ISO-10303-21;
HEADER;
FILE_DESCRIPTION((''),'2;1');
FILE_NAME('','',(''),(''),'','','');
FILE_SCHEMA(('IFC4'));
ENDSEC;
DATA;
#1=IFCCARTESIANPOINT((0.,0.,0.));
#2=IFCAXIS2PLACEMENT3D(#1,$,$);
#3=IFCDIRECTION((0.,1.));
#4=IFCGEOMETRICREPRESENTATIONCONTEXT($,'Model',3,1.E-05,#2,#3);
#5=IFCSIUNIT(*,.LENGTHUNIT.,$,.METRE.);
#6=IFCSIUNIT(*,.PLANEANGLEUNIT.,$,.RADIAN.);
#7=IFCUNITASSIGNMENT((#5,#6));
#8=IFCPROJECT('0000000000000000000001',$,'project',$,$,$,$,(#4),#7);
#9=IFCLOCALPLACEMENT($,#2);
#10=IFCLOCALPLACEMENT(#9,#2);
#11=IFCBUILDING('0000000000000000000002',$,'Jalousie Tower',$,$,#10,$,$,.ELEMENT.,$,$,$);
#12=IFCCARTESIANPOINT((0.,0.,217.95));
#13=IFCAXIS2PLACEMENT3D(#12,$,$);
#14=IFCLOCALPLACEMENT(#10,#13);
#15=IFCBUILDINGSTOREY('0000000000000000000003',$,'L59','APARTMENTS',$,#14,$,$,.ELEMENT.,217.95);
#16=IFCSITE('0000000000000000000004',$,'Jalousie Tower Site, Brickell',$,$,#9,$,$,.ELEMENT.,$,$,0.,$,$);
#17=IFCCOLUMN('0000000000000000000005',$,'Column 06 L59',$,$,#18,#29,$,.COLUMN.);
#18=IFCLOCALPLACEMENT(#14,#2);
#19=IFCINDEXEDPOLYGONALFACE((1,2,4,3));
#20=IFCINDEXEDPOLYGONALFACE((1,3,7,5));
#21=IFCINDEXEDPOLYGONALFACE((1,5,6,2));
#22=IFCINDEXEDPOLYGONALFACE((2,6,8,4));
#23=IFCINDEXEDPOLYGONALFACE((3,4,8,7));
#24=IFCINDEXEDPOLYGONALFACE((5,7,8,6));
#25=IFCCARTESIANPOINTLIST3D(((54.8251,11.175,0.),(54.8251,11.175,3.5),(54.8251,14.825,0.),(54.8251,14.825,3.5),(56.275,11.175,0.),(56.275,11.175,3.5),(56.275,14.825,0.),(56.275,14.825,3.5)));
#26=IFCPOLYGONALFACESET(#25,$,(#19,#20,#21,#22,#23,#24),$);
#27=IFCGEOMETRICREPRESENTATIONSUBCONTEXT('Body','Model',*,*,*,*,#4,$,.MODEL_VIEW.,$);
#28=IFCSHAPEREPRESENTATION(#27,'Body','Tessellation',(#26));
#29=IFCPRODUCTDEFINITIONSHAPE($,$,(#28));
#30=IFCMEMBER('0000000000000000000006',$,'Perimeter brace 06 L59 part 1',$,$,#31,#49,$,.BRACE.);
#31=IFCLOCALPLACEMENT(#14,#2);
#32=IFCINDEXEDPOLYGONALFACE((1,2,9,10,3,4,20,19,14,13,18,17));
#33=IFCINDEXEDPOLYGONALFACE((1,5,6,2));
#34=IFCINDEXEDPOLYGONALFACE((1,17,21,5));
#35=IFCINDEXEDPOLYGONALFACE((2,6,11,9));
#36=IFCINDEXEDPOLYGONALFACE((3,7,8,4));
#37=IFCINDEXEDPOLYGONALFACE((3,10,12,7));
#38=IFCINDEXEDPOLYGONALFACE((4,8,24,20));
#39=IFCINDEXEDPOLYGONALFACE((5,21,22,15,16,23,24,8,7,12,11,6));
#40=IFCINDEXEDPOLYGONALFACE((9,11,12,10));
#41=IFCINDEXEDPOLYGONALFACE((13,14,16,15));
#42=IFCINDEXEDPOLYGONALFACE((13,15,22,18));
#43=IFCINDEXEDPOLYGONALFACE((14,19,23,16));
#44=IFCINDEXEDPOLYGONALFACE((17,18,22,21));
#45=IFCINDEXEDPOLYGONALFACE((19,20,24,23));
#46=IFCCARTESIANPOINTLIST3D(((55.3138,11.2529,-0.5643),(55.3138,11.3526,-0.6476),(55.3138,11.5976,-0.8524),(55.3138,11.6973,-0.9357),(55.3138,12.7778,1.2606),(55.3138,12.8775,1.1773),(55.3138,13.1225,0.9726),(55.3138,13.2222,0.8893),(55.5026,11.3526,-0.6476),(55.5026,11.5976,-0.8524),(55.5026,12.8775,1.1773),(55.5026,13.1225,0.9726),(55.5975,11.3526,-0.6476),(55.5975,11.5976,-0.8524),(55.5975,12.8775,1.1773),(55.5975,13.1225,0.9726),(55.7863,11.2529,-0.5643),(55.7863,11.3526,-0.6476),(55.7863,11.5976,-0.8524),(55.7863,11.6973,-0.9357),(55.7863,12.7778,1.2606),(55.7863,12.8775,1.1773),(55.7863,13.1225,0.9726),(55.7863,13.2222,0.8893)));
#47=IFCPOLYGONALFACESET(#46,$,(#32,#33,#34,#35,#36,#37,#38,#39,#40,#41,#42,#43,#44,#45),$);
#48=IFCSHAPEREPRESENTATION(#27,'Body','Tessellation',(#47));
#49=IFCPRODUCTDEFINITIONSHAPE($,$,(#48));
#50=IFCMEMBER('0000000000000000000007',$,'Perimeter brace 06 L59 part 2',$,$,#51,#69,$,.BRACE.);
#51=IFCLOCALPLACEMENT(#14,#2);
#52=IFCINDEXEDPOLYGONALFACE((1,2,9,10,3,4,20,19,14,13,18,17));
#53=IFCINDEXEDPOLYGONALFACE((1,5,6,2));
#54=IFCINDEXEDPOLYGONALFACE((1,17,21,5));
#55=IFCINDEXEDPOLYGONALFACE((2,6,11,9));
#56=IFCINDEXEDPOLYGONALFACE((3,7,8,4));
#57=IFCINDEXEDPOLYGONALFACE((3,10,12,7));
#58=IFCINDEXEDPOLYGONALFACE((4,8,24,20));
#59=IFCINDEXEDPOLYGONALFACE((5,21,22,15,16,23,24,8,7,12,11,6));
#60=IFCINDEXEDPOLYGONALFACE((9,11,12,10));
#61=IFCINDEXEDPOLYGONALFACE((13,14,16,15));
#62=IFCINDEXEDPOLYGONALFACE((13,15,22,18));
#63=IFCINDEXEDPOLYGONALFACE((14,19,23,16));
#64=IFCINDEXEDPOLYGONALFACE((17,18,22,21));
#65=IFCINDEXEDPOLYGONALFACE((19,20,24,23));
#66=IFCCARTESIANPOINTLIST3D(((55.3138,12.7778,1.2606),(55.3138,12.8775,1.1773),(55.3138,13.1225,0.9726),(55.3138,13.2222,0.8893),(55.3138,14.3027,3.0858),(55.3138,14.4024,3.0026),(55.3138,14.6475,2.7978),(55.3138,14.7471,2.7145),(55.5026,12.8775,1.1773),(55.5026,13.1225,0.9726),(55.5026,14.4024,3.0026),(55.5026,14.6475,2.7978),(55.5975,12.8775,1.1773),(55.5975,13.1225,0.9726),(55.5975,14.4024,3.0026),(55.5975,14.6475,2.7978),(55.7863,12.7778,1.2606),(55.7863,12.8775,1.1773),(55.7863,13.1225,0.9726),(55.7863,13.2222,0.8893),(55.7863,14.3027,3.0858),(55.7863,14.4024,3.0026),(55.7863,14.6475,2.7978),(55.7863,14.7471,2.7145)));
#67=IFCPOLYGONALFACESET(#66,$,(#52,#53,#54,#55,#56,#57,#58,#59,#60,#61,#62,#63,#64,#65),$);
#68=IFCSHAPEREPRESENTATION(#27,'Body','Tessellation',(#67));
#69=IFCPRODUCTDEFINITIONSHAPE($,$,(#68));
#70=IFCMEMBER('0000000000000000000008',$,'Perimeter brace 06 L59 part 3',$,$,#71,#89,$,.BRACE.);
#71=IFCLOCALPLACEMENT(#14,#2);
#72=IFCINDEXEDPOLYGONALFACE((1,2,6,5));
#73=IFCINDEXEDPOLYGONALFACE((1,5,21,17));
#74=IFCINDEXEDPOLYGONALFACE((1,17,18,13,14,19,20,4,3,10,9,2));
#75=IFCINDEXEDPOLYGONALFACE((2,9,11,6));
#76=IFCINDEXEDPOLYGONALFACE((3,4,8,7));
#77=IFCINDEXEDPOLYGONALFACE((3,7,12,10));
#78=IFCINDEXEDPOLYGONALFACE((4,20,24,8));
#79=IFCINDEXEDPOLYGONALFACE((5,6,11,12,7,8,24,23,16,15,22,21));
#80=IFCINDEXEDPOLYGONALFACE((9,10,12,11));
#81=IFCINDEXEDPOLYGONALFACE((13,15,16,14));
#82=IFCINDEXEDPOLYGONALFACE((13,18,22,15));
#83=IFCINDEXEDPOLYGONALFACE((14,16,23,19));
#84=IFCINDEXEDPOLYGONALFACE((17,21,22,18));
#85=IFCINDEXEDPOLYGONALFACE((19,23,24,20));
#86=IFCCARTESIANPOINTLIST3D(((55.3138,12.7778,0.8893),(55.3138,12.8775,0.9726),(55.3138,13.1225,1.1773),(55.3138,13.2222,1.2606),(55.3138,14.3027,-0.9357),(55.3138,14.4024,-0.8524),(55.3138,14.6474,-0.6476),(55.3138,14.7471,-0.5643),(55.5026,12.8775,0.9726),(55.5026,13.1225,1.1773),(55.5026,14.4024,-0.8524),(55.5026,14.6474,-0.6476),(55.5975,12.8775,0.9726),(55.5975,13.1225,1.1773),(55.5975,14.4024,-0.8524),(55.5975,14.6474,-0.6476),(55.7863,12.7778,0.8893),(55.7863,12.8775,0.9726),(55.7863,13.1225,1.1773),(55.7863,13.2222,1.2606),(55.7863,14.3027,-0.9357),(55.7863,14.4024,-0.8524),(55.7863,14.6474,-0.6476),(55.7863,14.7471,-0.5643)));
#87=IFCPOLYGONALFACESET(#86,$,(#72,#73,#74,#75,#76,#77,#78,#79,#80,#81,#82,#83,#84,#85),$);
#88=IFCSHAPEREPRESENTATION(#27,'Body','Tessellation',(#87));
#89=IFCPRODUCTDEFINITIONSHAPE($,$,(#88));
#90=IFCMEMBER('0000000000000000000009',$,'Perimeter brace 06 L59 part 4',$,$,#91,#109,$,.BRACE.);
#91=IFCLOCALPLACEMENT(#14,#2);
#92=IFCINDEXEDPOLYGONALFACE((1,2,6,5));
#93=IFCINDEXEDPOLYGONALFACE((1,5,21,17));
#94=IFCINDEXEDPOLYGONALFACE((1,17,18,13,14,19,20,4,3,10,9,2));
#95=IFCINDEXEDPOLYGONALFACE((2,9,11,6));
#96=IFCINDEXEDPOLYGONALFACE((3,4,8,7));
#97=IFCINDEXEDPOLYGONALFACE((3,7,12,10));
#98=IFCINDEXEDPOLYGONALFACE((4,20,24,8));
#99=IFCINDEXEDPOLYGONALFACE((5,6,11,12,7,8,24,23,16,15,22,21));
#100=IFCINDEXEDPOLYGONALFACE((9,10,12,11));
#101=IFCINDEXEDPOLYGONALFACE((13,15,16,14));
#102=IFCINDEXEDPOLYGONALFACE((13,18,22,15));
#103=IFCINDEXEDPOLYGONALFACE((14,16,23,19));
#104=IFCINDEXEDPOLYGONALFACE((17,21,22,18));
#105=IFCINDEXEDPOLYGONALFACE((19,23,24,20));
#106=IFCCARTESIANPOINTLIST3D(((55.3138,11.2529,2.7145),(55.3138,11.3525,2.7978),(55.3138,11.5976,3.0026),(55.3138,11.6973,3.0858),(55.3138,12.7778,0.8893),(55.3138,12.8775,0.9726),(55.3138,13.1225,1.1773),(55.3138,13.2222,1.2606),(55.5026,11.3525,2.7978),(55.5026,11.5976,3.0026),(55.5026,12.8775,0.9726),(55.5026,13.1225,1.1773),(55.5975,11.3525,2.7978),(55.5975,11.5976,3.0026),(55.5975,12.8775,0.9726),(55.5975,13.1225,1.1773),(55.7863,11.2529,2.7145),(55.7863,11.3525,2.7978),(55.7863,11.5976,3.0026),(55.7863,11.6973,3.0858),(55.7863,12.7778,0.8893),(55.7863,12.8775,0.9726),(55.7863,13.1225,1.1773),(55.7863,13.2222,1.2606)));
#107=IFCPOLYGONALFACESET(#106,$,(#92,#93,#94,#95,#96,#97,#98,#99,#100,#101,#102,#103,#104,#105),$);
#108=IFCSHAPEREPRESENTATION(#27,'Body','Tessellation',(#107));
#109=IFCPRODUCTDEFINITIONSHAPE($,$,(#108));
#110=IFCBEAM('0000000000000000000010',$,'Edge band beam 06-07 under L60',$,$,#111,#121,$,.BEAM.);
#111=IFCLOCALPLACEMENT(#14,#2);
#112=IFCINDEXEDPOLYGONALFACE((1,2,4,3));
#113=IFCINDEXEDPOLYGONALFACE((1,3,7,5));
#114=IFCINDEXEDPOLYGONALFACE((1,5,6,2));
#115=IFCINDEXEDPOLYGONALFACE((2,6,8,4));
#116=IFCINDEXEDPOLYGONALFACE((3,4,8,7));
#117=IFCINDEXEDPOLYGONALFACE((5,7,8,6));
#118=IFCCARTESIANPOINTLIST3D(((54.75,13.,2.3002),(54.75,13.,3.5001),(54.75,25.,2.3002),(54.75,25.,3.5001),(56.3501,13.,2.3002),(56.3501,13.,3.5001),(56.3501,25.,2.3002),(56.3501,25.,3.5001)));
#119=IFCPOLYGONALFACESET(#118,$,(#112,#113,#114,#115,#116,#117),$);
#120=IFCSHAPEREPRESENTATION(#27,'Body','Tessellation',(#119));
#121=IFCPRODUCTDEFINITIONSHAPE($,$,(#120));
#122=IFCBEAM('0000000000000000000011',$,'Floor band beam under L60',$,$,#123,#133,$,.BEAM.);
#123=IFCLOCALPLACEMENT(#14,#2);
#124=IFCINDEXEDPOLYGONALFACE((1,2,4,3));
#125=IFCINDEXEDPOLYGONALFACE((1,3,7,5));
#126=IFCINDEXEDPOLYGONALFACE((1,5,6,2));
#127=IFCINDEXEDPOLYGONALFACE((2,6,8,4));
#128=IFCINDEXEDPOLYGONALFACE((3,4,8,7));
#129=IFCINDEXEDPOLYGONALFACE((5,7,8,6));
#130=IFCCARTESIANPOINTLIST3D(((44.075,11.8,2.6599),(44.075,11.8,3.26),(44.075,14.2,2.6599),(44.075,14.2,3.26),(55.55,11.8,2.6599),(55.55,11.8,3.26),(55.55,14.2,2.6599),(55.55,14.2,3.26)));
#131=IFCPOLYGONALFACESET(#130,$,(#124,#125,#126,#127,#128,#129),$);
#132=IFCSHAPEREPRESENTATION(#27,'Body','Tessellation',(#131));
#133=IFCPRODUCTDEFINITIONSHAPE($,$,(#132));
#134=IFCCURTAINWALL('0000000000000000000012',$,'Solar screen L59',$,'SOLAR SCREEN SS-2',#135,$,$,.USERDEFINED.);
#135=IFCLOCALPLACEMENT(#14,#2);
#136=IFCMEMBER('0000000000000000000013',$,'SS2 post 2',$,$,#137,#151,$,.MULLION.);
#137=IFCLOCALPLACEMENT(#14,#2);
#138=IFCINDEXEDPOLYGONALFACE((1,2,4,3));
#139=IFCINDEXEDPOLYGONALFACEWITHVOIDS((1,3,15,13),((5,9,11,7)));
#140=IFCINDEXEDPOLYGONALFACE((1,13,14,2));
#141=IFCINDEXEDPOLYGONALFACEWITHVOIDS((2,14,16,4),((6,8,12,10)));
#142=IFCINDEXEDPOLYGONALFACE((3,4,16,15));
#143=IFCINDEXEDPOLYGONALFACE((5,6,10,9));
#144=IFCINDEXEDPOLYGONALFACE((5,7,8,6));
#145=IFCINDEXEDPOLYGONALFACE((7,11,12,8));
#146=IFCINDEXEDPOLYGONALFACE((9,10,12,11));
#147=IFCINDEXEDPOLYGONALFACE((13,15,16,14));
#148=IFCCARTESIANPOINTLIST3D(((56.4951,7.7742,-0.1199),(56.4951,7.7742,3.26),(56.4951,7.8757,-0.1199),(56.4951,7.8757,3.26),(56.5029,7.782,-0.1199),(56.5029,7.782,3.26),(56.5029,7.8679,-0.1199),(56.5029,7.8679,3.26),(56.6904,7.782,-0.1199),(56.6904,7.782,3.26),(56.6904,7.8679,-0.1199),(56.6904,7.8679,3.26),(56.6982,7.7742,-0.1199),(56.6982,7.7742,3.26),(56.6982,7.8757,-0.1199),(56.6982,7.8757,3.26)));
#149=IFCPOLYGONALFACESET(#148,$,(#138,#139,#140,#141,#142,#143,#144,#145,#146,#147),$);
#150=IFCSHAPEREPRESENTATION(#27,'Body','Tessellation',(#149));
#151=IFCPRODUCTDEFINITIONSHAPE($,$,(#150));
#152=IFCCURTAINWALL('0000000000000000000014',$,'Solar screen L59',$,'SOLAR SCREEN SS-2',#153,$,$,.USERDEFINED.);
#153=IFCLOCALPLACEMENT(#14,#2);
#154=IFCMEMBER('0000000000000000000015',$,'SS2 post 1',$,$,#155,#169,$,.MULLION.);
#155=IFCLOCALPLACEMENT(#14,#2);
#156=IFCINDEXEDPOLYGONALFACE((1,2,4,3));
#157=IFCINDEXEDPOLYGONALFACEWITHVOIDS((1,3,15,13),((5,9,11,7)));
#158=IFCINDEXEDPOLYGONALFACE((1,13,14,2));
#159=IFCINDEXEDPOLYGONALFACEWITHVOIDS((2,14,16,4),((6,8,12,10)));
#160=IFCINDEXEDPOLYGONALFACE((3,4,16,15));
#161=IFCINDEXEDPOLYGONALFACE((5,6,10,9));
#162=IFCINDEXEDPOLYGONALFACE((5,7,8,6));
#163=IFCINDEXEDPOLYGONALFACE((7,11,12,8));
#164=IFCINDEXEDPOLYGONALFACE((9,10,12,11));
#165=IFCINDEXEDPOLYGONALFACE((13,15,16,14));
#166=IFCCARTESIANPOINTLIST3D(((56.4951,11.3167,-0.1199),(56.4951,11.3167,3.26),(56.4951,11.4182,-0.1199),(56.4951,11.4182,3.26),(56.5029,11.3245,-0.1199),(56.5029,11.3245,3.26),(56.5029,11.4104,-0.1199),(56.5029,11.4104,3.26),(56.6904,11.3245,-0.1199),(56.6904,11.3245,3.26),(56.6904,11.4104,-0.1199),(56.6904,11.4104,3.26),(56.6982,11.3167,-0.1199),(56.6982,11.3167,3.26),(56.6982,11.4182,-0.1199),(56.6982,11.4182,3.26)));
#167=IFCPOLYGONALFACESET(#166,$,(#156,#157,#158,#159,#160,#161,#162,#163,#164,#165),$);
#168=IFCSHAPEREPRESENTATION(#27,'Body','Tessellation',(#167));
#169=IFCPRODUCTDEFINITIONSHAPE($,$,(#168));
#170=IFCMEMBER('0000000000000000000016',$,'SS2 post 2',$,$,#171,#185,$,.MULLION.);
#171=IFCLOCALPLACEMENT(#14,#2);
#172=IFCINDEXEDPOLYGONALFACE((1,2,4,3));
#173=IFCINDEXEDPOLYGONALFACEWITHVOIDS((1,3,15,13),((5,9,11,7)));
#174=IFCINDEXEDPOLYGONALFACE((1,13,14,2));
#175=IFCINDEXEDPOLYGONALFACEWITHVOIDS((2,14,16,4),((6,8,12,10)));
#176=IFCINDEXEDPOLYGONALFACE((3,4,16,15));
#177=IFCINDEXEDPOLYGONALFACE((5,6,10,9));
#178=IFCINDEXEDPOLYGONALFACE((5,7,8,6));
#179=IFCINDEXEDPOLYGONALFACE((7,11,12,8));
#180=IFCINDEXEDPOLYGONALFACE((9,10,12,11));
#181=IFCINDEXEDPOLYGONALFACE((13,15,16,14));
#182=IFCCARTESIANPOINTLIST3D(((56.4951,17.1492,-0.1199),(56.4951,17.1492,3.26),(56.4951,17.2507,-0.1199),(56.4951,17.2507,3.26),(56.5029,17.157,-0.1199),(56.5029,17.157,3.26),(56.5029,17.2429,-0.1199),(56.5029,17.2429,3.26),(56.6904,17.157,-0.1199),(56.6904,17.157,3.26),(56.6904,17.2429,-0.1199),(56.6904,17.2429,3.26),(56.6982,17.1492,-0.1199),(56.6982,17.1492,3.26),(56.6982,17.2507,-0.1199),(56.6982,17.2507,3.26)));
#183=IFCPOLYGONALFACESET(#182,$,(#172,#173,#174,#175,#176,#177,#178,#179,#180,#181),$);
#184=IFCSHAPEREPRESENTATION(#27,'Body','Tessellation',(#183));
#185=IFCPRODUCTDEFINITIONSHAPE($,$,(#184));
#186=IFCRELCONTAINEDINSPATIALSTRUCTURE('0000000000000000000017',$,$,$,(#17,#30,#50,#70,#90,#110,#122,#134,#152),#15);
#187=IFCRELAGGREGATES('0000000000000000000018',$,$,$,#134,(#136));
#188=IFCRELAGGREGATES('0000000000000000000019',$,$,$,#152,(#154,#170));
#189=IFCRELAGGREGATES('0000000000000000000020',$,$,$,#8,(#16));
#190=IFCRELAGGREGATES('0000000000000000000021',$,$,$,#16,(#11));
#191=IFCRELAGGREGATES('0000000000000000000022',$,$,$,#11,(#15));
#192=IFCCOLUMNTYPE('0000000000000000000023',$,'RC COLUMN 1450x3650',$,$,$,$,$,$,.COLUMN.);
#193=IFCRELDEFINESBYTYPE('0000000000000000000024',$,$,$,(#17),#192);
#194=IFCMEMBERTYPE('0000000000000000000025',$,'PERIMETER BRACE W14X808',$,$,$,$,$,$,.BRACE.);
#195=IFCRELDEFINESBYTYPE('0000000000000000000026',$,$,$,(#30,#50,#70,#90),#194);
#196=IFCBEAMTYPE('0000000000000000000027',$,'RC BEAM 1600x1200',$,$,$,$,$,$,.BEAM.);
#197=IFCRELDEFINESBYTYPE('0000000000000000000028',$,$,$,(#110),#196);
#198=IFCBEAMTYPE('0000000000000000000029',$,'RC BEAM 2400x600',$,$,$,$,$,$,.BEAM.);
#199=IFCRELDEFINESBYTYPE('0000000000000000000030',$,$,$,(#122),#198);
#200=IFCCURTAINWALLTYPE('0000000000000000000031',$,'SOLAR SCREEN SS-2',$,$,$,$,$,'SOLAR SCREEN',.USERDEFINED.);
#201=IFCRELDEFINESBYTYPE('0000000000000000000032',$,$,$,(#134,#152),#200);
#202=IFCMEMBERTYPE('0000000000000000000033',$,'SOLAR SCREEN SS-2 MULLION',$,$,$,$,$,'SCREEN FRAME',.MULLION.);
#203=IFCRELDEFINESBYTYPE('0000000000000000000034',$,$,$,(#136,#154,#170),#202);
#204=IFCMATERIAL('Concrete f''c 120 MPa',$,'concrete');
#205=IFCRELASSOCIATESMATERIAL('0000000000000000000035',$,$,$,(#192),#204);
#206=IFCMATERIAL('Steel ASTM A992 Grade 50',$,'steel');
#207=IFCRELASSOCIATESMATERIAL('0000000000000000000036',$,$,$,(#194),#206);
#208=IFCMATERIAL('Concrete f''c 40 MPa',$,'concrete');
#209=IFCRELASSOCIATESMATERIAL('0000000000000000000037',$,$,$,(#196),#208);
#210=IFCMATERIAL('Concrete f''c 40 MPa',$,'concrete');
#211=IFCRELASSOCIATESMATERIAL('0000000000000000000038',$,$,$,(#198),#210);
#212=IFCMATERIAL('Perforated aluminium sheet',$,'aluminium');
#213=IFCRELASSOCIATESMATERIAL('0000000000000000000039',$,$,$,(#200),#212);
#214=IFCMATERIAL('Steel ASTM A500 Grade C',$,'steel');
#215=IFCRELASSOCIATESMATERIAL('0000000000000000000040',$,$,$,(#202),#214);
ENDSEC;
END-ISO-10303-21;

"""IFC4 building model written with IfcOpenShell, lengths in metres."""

from ifc_helpers import new_model, si_unit, direction, frame, origin, origin_2d, place, context, subcontext, project, spatial, rectangle, hollow_rectangle, i_section, extrude, material, material_profile, profile_set, type_object, element, aggregate, save


model = new_model("IFC4")

# Units and contexts
model_context = context("Model", 3, precision=1e-05, world=origin(), true_north=direction((0.0, 1.0)))
body_context = subcontext(model_context, "Body", "Model", "MODEL_VIEW")
ifc_project = project(units=[si_unit("LENGTHUNIT", "METRE"), si_unit("PLANEANGLEUNIT", "RADIAN")], contexts=[model_context])

# Site, building, storey
site_placement = place(None, origin())
site = spatial("IfcSite", under=ifc_project, at=site_placement, Name="Jalousie Tower Site, Brickell", CompositionType="ELEMENT", RefElevation=0.0)
building_placement = place(site_placement, origin())
building = spatial("IfcBuilding", under=site, at=building_placement, Name="Jalousie Tower", CompositionType="ELEMENT")
storey_placement = place(building_placement, frame((0.0, 0.0, 217.95)))
storey = spatial("IfcBuildingStorey", under=building, at=storey_placement, Name="L59", Description="APARTMENTS", CompositionType="ELEMENT", Elevation=217.95)

# Column
ifc_material_1 = material(Name="Concrete f'c 120 MPa", Category="concrete")
ifc_material_profile_1 = material_profile(ifc_material_1, rectangle(XDim=1.45, YDim=3.6499, at=origin_2d()), Name="RC 1450x3650")
ifc_profile_set_1 = profile_set([ifc_material_profile_1], Name="Concrete f'c 120 MPa")
column_type = type_object("IfcColumnType", Name="RC COLUMN 1450x3650", PredefinedType="COLUMN", material=ifc_profile_set_1)
column_placement = place(storey_placement, frame((55.55, 13.0, 0.0), z_axis=(0.0, 0.0, 1.0), x_axis=(1.0, 0.0, 0.0)))
element("IfcColumn", 1, at=column_placement, inside=storey, type_object=column_type, Name="Column 06 L59", PredefinedType="COLUMN", context=body_context, shape_type="SweptSolid", body=[
    extrude(rectangle(XDim=1.45, YDim=3.6499, at=origin_2d()), origin(), (0.0, 0.0, 1.0), 3.5),
])

# Members
ifc_material_2 = material(Name="Steel ASTM A992 Grade 50", Category="steel")
ifc_material_profile_2 = material_profile(ifc_material_2, i_section(OverallWidth=0.4724, OverallDepth=0.5791, WebThickness=0.095, FlangeThickness=0.1299, at=origin_2d()), Name="W14X808")
ifc_profile_set_2 = profile_set([ifc_material_profile_2], Name="Steel ASTM A992 Grade 50")
member_type_1 = type_object("IfcMemberType", Name="PERIMETER BRACE W14X808", PredefinedType="BRACE", material=ifc_profile_set_2)
member_1_placement = place(storey_placement, frame((55.55, 11.4751, -0.75), z_axis=(0.0, 0.641204, 0.767371), x_axis=(-1.0, 0.0, 0.0)))
element("IfcMember", 2, at=member_1_placement, inside=storey, type_object=member_type_1, Name="Perimeter brace 06 L59 part 1", PredefinedType="BRACE", context=body_context, shape_type="SweptSolid", body=[
    extrude(i_section(OverallWidth=0.4724, OverallDepth=0.5791, WebThickness=0.095, FlangeThickness=0.1299, at=origin_2d()), origin(), (0.0, 0.0, 1.0), 2.3782),
])
member_2_placement = place(storey_placement, frame((55.55, 13.0, 1.075), z_axis=(0.0, 0.641153, 0.767413), x_axis=(-1.0, 0.0, 0.0)))
element("IfcMember", 3, at=member_2_placement, inside=storey, type_object=member_type_1, Name="Perimeter brace 06 L59 part 2", PredefinedType="BRACE", context=body_context, shape_type="SweptSolid", body=[
    extrude(i_section(OverallWidth=0.4724, OverallDepth=0.5791, WebThickness=0.095, FlangeThickness=0.1299, at=origin_2d()), origin(), (0.0, 0.0, 1.0), 2.3784),
])
member_3_placement = place(storey_placement, frame((55.55, 14.5249, -0.75), z_axis=(0.0, -0.641204, 0.767371), x_axis=(1.0, 0.0, 0.0)))
element("IfcMember", 4, at=member_3_placement, inside=storey, type_object=member_type_1, Name="Perimeter brace 06 L59 part 3", PredefinedType="BRACE", context=body_context, shape_type="SweptSolid", body=[
    extrude(i_section(OverallWidth=0.4724, OverallDepth=0.5791, WebThickness=0.095, FlangeThickness=0.1299, at=origin_2d()), origin(), (0.0, 0.0, 1.0), 2.3782),
])
member_4_placement = place(storey_placement, frame((55.55, 13.0, 1.075), z_axis=(0.0, -0.641153, 0.767413), x_axis=(1.0, 0.0, 0.0)))
element("IfcMember", 5, at=member_4_placement, inside=storey, type_object=member_type_1, Name="Perimeter brace 06 L59 part 4", PredefinedType="BRACE", context=body_context, shape_type="SweptSolid", body=[
    extrude(i_section(OverallWidth=0.4724, OverallDepth=0.5791, WebThickness=0.095, FlangeThickness=0.1299, at=origin_2d()), origin(), (0.0, 0.0, 1.0), 2.3784),
])

# Beams
ifc_material_3 = material(Name="Concrete f'c 40 MPa", Category="concrete")
ifc_material_profile_3 = material_profile(ifc_material_3, rectangle(XDim=1.6001, YDim=1.2, at=origin_2d()), Name="RC 1600x1200")
ifc_profile_set_3 = profile_set([ifc_material_profile_3], Name="Concrete f'c 40 MPa")
beam_type_1 = type_object("IfcBeamType", Name="RC BEAM 1600x1200", PredefinedType="BEAM", material=ifc_profile_set_3)
beam_1_placement = place(storey_placement, frame((55.55, 13.0, 2.9001), z_axis=(0.0, 1.0, 0.0), x_axis=(-1.0, 0.0, 0.0)))
element("IfcBeam", 6, at=beam_1_placement, inside=storey, type_object=beam_type_1, Name="Edge band beam 06-07 under L60", PredefinedType="BEAM", context=body_context, shape_type="SweptSolid", body=[
    extrude(rectangle(XDim=1.6001, YDim=1.2, at=origin_2d()), origin(), (0.0, 0.0, 1.0), 12.0),
])
ifc_material_4 = material(Name="Concrete f'c 40 MPa", Category="concrete")
ifc_material_profile_4 = material_profile(ifc_material_4, rectangle(XDim=2.3999, YDim=0.6001, at=origin_2d()), Name="RC 2400x600")
ifc_profile_set_4 = profile_set([ifc_material_profile_4], Name="Concrete f'c 40 MPa")
beam_type_2 = type_object("IfcBeamType", Name="RC BEAM 2400x600", PredefinedType="BEAM", material=ifc_profile_set_4)
beam_2_placement = place(storey_placement, frame((55.55, 13.0, 2.96), z_axis=(-1.0, 0.0, 0.0), x_axis=(0.0, -1.0, 0.0)))
element("IfcBeam", 7, at=beam_2_placement, inside=storey, type_object=beam_type_2, Name="Floor band beam under L60", PredefinedType="BEAM", context=body_context, shape_type="SweptSolid", body=[
    extrude(rectangle(XDim=2.3999, YDim=0.6001, at=origin_2d()), origin(), (0.0, 0.0, 1.0), 11.4751),
])

# Curtain wall, member
ifc_material_5 = material(Name="Perforated aluminium sheet", Category="aluminium")
curtain_wall_type = type_object("IfcCurtainWallType", Name="SOLAR SCREEN SS-2", ElementType="SOLAR SCREEN", PredefinedType="USERDEFINED", material=ifc_material_5)
curtain_wall_1_placement = place(storey_placement, origin())
curtain_wall_1 = element("IfcCurtainWall", 8, at=curtain_wall_1_placement, inside=storey, type_object=curtain_wall_type, Name="Solar screen L59", ObjectType="SOLAR SCREEN SS-2", PredefinedType="USERDEFINED")
ifc_material_6 = material(Name="Steel ASTM A500 Grade C", Category="steel")
ifc_material_profile_5 = material_profile(ifc_material_6, hollow_rectangle(XDim=0.1016, YDim=0.2031, WallThickness=0.0078, at=origin_2d()), Name="HSS8X4X5/16")
ifc_profile_set_5 = profile_set([ifc_material_profile_5], Name="Steel ASTM A500 Grade C")
member_type_2 = type_object("IfcMemberType", Name="SOLAR SCREEN SS-2 MULLION", ElementType="SCREEN FRAME", PredefinedType="MULLION", material=ifc_profile_set_5)
member_5_placement = place(storey_placement, frame((56.5967, 7.825, -0.1199), z_axis=(0.0, 0.0, 1.0), x_axis=(0.0, 1.0, 0.0)))
member_5 = element("IfcMember", 9, at=member_5_placement, type_object=member_type_2, Name="SS2 post 2", PredefinedType="MULLION", context=body_context, shape_type="SweptSolid", body=[
    extrude(hollow_rectangle(XDim=0.1016, YDim=0.2031, WallThickness=0.0078, at=origin_2d()), origin(), (0.0, 0.0, 1.0), 3.3799),
])

# Curtain wall, members
curtain_wall_2_placement = place(storey_placement, origin())
curtain_wall_2 = element("IfcCurtainWall", 10, at=curtain_wall_2_placement, inside=storey, type_object=curtain_wall_type, Name="Solar screen L59", ObjectType="SOLAR SCREEN SS-2", PredefinedType="USERDEFINED")
member_6_placement = place(storey_placement, frame((56.5967, 11.3674, -0.1199), z_axis=(0.0, 0.0, 1.0), x_axis=(0.0, 1.0, 0.0)))
member_6 = element("IfcMember", 11, at=member_6_placement, type_object=member_type_2, Name="SS2 post 1", PredefinedType="MULLION", context=body_context, shape_type="SweptSolid", body=[
    extrude(hollow_rectangle(XDim=0.1016, YDim=0.2031, WallThickness=0.0078, at=origin_2d()), origin(), (0.0, 0.0, 1.0), 3.3799),
])
member_7_placement = place(storey_placement, frame((56.5967, 17.2, -0.1199), z_axis=(0.0, 0.0, 1.0), x_axis=(0.0, 1.0, 0.0)))
member_7 = element("IfcMember", 12, at=member_7_placement, type_object=member_type_2, Name="SS2 post 2", PredefinedType="MULLION", context=body_context, shape_type="SweptSolid", body=[
    extrude(hollow_rectangle(XDim=0.1016, YDim=0.2031, WallThickness=0.0078, at=origin_2d()), origin(), (0.0, 0.0, 1.0), 3.3799),
])

aggregate(curtain_wall_1, [member_5])
aggregate(curtain_wall_2, [member_6, member_7])

save(model, "model.ifc")
